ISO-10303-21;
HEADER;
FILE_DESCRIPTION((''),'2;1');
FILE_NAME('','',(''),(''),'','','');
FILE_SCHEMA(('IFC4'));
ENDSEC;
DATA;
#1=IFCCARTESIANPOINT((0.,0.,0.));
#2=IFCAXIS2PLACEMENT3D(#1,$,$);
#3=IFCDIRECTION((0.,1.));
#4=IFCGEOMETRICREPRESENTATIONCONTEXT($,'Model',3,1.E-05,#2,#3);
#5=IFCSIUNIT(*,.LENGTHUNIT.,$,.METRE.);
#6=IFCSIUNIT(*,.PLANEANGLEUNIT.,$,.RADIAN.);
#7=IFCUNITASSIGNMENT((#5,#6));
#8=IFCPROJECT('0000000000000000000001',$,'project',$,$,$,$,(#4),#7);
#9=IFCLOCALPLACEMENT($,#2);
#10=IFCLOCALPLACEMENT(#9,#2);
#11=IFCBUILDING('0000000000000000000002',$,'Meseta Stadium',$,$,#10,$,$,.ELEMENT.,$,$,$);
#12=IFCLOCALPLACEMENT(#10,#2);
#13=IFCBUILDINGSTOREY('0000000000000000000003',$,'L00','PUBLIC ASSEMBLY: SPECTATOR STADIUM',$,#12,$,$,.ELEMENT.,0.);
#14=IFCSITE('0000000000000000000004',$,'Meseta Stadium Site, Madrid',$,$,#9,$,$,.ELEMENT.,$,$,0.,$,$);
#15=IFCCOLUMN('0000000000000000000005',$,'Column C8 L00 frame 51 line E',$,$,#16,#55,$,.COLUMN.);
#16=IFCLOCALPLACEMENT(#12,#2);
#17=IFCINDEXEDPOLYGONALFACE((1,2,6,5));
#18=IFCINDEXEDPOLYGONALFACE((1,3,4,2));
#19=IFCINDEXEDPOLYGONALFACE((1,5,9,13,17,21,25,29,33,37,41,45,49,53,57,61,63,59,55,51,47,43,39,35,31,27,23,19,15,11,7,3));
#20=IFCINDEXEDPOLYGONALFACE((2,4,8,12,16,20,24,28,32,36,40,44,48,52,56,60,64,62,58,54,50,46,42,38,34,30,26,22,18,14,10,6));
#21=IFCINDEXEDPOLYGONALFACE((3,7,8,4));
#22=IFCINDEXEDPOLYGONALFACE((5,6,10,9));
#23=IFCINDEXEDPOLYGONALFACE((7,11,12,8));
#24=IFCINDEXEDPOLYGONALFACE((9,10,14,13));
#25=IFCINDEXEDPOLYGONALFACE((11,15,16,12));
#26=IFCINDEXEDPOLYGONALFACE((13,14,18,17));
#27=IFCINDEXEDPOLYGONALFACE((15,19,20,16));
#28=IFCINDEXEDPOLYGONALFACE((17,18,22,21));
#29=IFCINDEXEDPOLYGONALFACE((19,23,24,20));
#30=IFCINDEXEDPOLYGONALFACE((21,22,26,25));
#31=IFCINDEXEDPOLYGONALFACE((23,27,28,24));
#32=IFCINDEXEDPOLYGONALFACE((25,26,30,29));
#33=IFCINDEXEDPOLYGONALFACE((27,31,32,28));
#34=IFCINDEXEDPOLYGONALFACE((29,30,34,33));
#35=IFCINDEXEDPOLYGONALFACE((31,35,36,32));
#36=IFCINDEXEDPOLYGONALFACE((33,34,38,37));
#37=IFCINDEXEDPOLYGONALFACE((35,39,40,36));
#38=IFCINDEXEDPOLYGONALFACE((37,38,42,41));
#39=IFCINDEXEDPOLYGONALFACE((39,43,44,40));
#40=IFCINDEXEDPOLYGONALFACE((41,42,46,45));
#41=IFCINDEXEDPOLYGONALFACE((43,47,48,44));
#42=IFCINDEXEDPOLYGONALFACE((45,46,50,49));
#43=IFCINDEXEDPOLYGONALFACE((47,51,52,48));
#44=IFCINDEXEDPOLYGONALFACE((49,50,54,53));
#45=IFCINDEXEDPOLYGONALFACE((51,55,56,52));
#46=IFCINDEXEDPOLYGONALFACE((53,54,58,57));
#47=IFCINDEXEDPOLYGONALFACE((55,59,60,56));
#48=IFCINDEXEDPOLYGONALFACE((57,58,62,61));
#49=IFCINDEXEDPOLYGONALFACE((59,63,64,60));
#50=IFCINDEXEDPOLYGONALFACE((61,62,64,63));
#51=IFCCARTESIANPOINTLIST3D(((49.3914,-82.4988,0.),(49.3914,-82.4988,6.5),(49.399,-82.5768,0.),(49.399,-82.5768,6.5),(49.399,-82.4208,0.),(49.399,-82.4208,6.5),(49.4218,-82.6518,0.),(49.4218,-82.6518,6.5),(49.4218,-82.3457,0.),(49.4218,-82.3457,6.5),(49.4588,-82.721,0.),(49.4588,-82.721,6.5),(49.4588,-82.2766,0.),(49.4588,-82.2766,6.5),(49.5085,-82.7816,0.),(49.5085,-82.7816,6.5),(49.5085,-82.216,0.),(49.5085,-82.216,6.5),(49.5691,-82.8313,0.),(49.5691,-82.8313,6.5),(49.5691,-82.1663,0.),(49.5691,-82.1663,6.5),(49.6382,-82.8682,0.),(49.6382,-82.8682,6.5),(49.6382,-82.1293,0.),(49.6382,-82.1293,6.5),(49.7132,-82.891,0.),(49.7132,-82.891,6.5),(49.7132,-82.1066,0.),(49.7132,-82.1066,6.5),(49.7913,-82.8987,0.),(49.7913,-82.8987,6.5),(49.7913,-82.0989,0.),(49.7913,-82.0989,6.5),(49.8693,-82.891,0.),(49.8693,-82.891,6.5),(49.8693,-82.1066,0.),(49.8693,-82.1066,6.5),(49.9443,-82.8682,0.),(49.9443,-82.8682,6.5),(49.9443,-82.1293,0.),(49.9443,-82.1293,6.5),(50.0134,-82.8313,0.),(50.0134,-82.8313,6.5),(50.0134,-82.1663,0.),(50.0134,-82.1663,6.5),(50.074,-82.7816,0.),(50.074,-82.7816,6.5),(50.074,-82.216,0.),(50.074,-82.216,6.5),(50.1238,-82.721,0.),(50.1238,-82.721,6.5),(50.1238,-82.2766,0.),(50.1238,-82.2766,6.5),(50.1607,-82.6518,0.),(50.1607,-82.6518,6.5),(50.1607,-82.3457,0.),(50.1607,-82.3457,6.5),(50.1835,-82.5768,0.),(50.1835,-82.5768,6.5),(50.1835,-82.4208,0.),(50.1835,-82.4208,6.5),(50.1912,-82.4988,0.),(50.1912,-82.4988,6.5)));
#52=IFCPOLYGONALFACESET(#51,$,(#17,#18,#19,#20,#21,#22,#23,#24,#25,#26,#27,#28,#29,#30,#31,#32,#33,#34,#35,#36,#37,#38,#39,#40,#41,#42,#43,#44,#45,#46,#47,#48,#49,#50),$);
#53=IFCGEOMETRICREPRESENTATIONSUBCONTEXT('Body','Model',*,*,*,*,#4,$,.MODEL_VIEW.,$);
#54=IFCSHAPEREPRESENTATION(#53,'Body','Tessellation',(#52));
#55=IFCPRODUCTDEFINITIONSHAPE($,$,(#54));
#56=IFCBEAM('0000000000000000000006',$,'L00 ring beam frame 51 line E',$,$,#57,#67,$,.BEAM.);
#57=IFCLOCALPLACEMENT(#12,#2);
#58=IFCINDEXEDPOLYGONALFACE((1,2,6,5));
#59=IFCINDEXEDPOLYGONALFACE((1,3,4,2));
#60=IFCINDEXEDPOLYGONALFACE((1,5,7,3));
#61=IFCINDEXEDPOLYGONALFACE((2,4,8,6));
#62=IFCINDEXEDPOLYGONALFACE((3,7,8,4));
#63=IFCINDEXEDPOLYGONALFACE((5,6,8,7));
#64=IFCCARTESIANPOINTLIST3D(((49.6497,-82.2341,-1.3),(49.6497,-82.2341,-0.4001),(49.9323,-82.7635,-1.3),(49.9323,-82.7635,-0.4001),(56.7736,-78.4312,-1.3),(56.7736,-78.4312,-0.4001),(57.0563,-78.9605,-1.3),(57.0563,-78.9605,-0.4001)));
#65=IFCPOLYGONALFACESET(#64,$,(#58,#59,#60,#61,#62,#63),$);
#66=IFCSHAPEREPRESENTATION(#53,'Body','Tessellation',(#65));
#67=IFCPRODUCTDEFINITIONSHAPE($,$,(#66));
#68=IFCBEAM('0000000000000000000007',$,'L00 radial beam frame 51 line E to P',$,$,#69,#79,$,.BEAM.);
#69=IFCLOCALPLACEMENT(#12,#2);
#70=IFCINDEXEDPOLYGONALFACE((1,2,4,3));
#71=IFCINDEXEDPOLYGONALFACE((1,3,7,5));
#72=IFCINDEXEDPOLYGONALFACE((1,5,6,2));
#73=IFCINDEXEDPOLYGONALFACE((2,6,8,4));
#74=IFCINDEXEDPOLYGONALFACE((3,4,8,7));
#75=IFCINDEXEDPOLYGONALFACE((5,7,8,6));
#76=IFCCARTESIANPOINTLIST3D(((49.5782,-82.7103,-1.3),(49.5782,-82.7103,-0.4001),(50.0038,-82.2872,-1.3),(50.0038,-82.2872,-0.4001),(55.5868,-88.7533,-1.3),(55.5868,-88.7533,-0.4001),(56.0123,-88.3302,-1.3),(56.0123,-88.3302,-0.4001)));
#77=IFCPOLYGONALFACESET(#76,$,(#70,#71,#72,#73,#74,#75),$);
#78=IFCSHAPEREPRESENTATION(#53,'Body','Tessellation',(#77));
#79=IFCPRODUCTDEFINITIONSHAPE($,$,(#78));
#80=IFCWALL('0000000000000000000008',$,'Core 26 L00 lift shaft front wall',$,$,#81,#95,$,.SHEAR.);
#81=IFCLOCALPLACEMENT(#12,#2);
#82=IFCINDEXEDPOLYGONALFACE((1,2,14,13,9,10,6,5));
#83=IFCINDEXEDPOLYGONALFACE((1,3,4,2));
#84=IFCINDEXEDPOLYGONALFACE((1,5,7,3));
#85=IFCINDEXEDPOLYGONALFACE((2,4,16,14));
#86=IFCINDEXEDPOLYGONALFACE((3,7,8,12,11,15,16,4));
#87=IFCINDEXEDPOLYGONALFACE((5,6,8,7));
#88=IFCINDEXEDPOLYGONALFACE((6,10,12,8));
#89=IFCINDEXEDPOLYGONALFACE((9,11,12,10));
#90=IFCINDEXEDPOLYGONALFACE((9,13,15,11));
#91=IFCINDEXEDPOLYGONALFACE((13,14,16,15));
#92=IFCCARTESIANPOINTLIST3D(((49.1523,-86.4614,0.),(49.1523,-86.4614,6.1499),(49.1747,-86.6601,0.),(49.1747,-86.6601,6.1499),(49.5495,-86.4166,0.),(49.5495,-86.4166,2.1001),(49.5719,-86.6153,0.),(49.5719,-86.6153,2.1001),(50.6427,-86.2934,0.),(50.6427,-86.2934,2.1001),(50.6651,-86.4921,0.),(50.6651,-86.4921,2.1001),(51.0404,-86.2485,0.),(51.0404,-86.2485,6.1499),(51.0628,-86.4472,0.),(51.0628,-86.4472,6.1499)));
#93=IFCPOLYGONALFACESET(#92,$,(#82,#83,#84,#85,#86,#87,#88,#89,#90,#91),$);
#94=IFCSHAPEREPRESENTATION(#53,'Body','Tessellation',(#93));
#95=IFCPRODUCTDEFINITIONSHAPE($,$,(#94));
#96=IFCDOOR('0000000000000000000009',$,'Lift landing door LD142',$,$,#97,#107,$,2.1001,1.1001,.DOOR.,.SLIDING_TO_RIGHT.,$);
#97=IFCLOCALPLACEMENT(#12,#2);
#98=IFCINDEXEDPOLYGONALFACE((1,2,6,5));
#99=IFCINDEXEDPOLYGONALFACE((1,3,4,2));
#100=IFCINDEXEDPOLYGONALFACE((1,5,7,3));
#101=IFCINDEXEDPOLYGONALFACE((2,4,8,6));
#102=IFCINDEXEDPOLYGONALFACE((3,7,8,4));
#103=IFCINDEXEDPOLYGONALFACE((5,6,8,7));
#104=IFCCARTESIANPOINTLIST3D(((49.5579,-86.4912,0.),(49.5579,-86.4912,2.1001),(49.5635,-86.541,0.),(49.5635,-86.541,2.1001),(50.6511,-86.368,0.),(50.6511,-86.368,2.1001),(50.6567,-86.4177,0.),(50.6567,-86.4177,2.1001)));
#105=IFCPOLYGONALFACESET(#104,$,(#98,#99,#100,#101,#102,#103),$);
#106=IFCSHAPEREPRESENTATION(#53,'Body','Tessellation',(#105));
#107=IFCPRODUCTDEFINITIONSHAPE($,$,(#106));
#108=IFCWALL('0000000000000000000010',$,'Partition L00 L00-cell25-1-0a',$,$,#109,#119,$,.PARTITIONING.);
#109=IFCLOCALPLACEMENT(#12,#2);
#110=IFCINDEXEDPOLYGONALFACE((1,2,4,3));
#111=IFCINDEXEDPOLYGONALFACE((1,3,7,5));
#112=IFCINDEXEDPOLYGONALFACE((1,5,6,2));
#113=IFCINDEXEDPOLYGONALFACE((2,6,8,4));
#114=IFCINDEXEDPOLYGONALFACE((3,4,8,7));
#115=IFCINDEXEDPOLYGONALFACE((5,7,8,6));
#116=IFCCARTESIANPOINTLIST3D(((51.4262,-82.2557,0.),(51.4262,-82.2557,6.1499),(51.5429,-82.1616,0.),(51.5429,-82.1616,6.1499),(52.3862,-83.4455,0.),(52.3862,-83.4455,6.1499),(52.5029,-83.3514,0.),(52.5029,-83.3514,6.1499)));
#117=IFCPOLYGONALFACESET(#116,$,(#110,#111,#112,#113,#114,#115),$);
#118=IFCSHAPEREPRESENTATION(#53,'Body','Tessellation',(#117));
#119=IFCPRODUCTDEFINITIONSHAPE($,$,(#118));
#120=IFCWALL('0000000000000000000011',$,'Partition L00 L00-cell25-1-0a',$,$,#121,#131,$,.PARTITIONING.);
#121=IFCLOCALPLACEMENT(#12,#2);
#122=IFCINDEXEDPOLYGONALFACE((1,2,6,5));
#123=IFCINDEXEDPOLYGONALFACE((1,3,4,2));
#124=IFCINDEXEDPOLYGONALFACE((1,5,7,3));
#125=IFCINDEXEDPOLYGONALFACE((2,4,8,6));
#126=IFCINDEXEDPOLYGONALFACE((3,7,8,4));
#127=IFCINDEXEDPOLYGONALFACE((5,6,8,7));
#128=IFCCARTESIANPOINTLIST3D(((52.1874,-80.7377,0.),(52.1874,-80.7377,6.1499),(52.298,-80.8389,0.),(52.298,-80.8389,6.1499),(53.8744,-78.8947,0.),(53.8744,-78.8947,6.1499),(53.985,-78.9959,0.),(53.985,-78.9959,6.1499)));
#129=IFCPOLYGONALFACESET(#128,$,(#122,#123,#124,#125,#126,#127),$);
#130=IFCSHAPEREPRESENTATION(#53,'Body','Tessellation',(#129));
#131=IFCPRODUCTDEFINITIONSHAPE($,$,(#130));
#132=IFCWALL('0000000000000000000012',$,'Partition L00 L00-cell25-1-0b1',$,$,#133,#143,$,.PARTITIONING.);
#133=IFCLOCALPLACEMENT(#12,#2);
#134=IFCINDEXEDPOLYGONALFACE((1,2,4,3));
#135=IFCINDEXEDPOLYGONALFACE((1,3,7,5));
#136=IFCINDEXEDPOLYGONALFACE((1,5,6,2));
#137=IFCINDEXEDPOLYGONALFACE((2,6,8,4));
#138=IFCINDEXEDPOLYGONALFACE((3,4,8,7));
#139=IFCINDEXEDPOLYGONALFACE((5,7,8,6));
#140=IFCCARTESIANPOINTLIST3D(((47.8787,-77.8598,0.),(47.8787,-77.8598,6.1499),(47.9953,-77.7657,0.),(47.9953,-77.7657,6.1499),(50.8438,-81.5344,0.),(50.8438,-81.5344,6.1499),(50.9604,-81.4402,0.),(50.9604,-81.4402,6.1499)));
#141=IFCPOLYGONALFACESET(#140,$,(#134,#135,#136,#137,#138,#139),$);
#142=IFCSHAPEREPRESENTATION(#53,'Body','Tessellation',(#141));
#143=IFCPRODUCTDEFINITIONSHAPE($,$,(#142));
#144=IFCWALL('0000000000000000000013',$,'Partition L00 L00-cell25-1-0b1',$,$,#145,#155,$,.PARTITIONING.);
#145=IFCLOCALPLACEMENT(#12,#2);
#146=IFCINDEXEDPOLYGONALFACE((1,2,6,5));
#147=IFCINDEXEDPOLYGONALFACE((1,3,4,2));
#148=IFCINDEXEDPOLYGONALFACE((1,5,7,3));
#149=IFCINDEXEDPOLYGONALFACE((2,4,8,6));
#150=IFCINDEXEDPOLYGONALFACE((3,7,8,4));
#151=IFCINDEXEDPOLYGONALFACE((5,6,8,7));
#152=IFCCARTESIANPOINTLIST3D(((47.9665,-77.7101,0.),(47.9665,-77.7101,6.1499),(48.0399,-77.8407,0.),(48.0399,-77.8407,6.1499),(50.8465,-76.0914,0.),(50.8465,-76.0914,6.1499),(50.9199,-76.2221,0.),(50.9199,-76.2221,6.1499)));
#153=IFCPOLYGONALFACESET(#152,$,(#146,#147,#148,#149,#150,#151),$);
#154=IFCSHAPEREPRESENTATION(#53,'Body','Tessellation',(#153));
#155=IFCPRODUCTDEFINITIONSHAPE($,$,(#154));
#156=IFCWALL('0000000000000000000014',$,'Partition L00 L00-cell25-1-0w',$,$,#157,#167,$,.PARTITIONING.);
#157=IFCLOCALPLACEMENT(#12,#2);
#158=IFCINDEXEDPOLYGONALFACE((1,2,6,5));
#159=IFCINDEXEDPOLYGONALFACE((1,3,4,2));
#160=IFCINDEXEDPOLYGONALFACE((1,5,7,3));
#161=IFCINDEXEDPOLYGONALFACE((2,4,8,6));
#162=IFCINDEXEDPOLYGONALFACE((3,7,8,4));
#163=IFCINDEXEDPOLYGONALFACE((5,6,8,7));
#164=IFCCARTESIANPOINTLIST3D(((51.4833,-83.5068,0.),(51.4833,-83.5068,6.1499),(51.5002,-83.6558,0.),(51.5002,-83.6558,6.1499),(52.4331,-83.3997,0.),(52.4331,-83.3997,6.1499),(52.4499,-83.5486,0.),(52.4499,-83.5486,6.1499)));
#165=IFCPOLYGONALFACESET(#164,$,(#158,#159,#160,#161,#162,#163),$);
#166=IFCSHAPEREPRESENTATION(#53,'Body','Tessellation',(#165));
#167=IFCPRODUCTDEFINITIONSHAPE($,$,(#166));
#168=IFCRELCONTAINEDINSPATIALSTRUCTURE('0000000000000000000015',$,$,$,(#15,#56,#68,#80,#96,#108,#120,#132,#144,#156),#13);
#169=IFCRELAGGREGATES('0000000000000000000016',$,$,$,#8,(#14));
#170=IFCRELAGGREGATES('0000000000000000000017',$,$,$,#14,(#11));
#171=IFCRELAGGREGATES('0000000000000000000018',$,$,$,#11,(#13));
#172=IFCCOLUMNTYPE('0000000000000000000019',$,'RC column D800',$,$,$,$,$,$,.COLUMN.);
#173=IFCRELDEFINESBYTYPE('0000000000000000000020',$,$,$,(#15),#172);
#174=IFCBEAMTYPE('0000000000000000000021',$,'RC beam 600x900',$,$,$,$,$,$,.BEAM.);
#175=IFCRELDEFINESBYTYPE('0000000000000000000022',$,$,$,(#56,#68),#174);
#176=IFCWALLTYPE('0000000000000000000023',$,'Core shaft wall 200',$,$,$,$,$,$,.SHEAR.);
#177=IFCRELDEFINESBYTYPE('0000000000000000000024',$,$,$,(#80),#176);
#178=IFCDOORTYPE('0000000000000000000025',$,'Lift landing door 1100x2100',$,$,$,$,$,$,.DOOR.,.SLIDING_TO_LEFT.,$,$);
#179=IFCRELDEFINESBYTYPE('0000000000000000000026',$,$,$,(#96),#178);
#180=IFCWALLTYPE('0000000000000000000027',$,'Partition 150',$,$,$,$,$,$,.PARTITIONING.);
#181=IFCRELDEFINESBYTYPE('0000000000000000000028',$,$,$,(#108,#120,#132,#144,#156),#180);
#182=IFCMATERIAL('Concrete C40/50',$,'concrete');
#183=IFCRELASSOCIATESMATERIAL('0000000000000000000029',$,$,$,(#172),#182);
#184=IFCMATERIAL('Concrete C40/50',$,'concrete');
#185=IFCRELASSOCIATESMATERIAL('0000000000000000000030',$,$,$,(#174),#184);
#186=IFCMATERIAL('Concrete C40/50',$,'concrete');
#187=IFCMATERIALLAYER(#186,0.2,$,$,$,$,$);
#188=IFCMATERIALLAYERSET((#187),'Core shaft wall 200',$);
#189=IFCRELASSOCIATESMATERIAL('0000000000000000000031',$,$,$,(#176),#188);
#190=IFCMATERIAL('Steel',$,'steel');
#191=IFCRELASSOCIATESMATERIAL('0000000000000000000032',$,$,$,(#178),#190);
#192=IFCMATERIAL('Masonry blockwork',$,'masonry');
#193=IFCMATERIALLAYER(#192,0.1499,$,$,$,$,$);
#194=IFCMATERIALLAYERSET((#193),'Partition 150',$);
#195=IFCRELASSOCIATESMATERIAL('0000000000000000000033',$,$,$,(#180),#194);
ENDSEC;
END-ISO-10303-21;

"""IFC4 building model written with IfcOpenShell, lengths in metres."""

from ifc_helpers import new_model, si_unit, direction, frame, frame_2d, origin, origin_2d, place, context, subcontext, project, spatial, rectangle, circle, extrude, material, layer, layer_set, material_profile, profile_set, type_object, element, fill, save


model = new_model("IFC4")

# Units and contexts
model_context = context("Model", 3, precision=1e-05, world=origin(), true_north=direction((0.0, 1.0)))
body_context = subcontext(model_context, "Body", "Model", "MODEL_VIEW")
ifc_project = project(units=[si_unit("LENGTHUNIT", "METRE"), si_unit("PLANEANGLEUNIT", "RADIAN")], contexts=[model_context])

# Site, building, storey
site_placement = place(None, origin())
site = spatial("IfcSite", under=ifc_project, at=site_placement, Name="Meseta Stadium Site, Madrid", CompositionType="ELEMENT", RefElevation=0.0)
building_placement = place(site_placement, origin())
building = spatial("IfcBuilding", under=site, at=building_placement, Name="Meseta Stadium", CompositionType="ELEMENT")
storey_placement = place(building_placement, origin())
storey = spatial("IfcBuildingStorey", under=building, at=storey_placement, Name="L00", Description="PUBLIC ASSEMBLY: SPECTATOR STADIUM", CompositionType="ELEMENT", Elevation=0.0)

# Column
ifc_material_1 = material(Name="Concrete C40/50", Category="concrete")
ifc_material_profile_1 = material_profile(ifc_material_1, circle(Radius=0.3999, at=origin_2d()), Name="RC D800")
ifc_profile_set_1 = profile_set([ifc_material_profile_1], Name="Concrete C40/50")
column_type = type_object("IfcColumnType", Name="RC column D800", PredefinedType="COLUMN", material=ifc_profile_set_1)
column_placement = place(storey_placement, frame((49.7913, -82.4988, 0.0), z_axis=(0.0, 0.0, 1.0), x_axis=(1.0, 0.0, 0.0)))
element("IfcColumn", 1, at=column_placement, inside=storey, type_object=column_type, Name="Column C8 L00 frame 51 line E", PredefinedType="COLUMN", context=body_context, shape_type="SweptSolid", body=[
    extrude(circle(Radius=0.3999, at=origin_2d()), origin(), (0.0, 0.0, 1.0), 6.5),
])

# Beams
ifc_material_2 = material(Name="Concrete C40/50", Category="concrete")
ifc_material_profile_2 = material_profile(ifc_material_2, rectangle(XDim=0.6001, YDim=0.8999, at=origin_2d()), Name="RC 600x900")
ifc_profile_set_2 = profile_set([ifc_material_profile_2], Name="Concrete C40/50")
beam_type = type_object("IfcBeamType", Name="RC beam 600x900", PredefinedType="BEAM", material=ifc_profile_set_2)
beam_1_placement = place(storey_placement, frame((49.791, -82.4988, -0.8501), z_axis=(0.882173, 0.470926, 0.0), x_axis=(-0.470926, 0.882173, 0.0)))
element("IfcBeam", 2, at=beam_1_placement, inside=storey, type_object=beam_type, Name="L00 ring beam frame 51 line E", PredefinedType="BEAM", context=body_context, shape_type="SweptSolid", body=[
    extrude(rectangle(XDim=0.6001, YDim=0.8999, at=origin_2d()), origin(), (0.0, 0.0, 1.0), 8.0754),
])
beam_2_placement = place(storey_placement, frame((49.791, -82.4988, -0.8501), z_axis=(0.705084, -0.709124, 0.0), x_axis=(0.709124, 0.705084, 0.0)))
element("IfcBeam", 3, at=beam_2_placement, inside=storey, type_object=beam_type, Name="L00 radial beam frame 51 line E to P", PredefinedType="BEAM", context=body_context, shape_type="SweptSolid", body=[
    extrude(rectangle(XDim=0.6001, YDim=0.8999, at=origin_2d()), origin(), (0.0, 0.0, 1.0), 8.5217),
])

# Wall, opening, door
ifc_material_3 = material(Name="Concrete C40/50", Category="concrete")
ifc_layer_1 = layer(ifc_material_3, 0.2)
ifc_layer_set_1 = layer_set([ifc_layer_1], Name="Core shaft wall 200")
wall_type_1 = type_object("IfcWallType", Name="Core shaft wall 200", PredefinedType="SHEAR", material=ifc_layer_set_1)
wall_1_placement = place(storey_placement, frame((49.1633, -86.5608, 0.0), z_axis=(0.0, 0.0, 1.0), x_axis=(0.993704, 0.112039, 0.0)))
wall_1 = element("IfcWall", 4, at=wall_1_placement, inside=storey, type_object=wall_type_1, Name="Core 26 L00 lift shaft front wall", PredefinedType="SHEAR", context=body_context, shape_type="SweptSolid", body=[
    extrude(rectangle(XDim=1.9001, YDim=0.2, at=frame_2d((0.9502, 0.0))), origin(), (0.0, 0.0, 1.0), 6.1499),
])
opening_1_placement = place(wall_1_placement, frame((0.3999, 0.0, 0.0)))
opening_1 = element("IfcOpeningElement", 5, at=opening_1_placement, cuts=wall_1, PredefinedType="OPENING", context=body_context, shape_type="SweptSolid", body=[
    extrude(rectangle(XDim=1.1001, YDim=2.1001, at=frame_2d((0.55, 1.05))), frame((0.0, 0.1099, 0.0), z_axis=(0.0, -1.0, 0.0), x_axis=(1.0, 0.0, 0.0)), (0.0, 0.0, 1.0), 0.22),
])
ifc_material_4 = material(Name="Steel", Category="steel")
door_type_1 = type_object("IfcDoorType", Name="Lift landing door 1100x2100", OperationType="SLIDING_TO_LEFT", PredefinedType="DOOR", material=ifc_material_4)
door_1_placement = place(opening_1_placement, origin())
door_1 = element("IfcDoor", 6, at=door_1_placement, inside=storey, type_object=door_type_1, Name="Lift landing door LD142", OperationType="SLIDING_TO_RIGHT", OverallHeight=2.1001, OverallWidth=1.1001, PredefinedType="DOOR", context=body_context, shape_type="SweptSolid", body=[
    extrude(rectangle(XDim=1.1001, YDim=2.1001, at=frame_2d((0.55, 1.05))), frame((0.0, 0.0249, 0.0), z_axis=(0.0, -1.0, 0.0), x_axis=(1.0, 0.0, 0.0)), (0.0, 0.0, 1.0), 0.05),
])
fill(opening_1, door_1)

# Walls
ifc_material_5 = material(Name="Masonry blockwork", Category="masonry")
ifc_layer_2 = layer(ifc_material_5, 0.1499)
ifc_layer_set_2 = layer_set([ifc_layer_2], Name="Partition 150")
wall_type_2 = type_object("IfcWallType", Name="Partition 150", PredefinedType="PARTITIONING", material=ifc_layer_set_2)
wall_2_placement = place(storey_placement, frame((52.4446, -83.3984, 0.0), z_axis=(0.0, 0.0, 1.0), x_axis=(-0.627962, 0.778244, 0.0)))
element("IfcWall", 7, at=wall_2_placement, inside=storey, type_object=wall_type_2, Name="Partition L00 L00-cell25-1-0a", PredefinedType="PARTITIONING", context=body_context, shape_type="SweptSolid", body=[
    extrude(rectangle(XDim=1.5288, YDim=0.1499, at=frame_2d((0.7644, 0.0))), origin(), (0.0, 0.0, 1.0), 6.1499),
])
wall_3_placement = place(storey_placement, frame((52.2427, -80.7883, 0.0), z_axis=(0.0, 0.0, 1.0), x_axis=(0.675198, 0.737637, 0.0)))
element("IfcWall", 8, at=wall_3_placement, inside=storey, type_object=wall_type_2, Name="Partition L00 L00-cell25-1-0a", PredefinedType="PARTITIONING", context=body_context, shape_type="SweptSolid", body=[
    extrude(rectangle(XDim=2.4985, YDim=0.1499, at=frame_2d((1.2493, 0.0))), origin(), (0.0, 0.0, 1.0), 6.1499),
])
wall_4_placement = place(storey_placement, frame((50.9021, -81.4873, 0.0), z_axis=(0.0, 0.0, 1.0), x_axis=(-0.627975, 0.778234, 0.0)))
element("IfcWall", 9, at=wall_4_placement, inside=storey, type_object=wall_type_2, Name="Partition L00 L00-cell25-1-0b1", PredefinedType="PARTITIONING", context=body_context, shape_type="SweptSolid", body=[
    extrude(rectangle(XDim=4.7217, YDim=0.1499, at=frame_2d((2.3608, 0.0))), origin(), (0.0, 0.0, 1.0), 6.1499),
])
wall_5_placement = place(storey_placement, frame((48.0032, -77.7754, 0.0), z_axis=(0.0, 0.0, 1.0), x_axis=(0.871759, 0.489935, 0.0)))
element("IfcWall", 10, at=wall_5_placement, inside=storey, type_object=wall_type_2, Name="Partition L00 L00-cell25-1-0b1", PredefinedType="PARTITIONING", context=body_context, shape_type="SweptSolid", body=[
    extrude(rectangle(XDim=3.3037, YDim=0.1499, at=frame_2d((1.6519, 0.0))), origin(), (0.0, 0.0, 1.0), 6.1499),
])
wall_6_placement = place(storey_placement, frame((52.4417, -83.4741, 0.0), z_axis=(0.0, 0.0, 1.0), x_axis=(-0.993692, -0.112142, 0.0)))
element("IfcWall", 11, at=wall_6_placement, inside=storey, type_object=wall_type_2, Name="Partition L00 L00-cell25-1-0w", PredefinedType="PARTITIONING", context=body_context, shape_type="SweptSolid", body=[
    extrude(rectangle(XDim=0.9558, YDim=0.1499, at=frame_2d((0.478, 0.0))), origin(), (0.0, 0.0, 1.0), 6.1499),
])

save(model, "model.ifc")
